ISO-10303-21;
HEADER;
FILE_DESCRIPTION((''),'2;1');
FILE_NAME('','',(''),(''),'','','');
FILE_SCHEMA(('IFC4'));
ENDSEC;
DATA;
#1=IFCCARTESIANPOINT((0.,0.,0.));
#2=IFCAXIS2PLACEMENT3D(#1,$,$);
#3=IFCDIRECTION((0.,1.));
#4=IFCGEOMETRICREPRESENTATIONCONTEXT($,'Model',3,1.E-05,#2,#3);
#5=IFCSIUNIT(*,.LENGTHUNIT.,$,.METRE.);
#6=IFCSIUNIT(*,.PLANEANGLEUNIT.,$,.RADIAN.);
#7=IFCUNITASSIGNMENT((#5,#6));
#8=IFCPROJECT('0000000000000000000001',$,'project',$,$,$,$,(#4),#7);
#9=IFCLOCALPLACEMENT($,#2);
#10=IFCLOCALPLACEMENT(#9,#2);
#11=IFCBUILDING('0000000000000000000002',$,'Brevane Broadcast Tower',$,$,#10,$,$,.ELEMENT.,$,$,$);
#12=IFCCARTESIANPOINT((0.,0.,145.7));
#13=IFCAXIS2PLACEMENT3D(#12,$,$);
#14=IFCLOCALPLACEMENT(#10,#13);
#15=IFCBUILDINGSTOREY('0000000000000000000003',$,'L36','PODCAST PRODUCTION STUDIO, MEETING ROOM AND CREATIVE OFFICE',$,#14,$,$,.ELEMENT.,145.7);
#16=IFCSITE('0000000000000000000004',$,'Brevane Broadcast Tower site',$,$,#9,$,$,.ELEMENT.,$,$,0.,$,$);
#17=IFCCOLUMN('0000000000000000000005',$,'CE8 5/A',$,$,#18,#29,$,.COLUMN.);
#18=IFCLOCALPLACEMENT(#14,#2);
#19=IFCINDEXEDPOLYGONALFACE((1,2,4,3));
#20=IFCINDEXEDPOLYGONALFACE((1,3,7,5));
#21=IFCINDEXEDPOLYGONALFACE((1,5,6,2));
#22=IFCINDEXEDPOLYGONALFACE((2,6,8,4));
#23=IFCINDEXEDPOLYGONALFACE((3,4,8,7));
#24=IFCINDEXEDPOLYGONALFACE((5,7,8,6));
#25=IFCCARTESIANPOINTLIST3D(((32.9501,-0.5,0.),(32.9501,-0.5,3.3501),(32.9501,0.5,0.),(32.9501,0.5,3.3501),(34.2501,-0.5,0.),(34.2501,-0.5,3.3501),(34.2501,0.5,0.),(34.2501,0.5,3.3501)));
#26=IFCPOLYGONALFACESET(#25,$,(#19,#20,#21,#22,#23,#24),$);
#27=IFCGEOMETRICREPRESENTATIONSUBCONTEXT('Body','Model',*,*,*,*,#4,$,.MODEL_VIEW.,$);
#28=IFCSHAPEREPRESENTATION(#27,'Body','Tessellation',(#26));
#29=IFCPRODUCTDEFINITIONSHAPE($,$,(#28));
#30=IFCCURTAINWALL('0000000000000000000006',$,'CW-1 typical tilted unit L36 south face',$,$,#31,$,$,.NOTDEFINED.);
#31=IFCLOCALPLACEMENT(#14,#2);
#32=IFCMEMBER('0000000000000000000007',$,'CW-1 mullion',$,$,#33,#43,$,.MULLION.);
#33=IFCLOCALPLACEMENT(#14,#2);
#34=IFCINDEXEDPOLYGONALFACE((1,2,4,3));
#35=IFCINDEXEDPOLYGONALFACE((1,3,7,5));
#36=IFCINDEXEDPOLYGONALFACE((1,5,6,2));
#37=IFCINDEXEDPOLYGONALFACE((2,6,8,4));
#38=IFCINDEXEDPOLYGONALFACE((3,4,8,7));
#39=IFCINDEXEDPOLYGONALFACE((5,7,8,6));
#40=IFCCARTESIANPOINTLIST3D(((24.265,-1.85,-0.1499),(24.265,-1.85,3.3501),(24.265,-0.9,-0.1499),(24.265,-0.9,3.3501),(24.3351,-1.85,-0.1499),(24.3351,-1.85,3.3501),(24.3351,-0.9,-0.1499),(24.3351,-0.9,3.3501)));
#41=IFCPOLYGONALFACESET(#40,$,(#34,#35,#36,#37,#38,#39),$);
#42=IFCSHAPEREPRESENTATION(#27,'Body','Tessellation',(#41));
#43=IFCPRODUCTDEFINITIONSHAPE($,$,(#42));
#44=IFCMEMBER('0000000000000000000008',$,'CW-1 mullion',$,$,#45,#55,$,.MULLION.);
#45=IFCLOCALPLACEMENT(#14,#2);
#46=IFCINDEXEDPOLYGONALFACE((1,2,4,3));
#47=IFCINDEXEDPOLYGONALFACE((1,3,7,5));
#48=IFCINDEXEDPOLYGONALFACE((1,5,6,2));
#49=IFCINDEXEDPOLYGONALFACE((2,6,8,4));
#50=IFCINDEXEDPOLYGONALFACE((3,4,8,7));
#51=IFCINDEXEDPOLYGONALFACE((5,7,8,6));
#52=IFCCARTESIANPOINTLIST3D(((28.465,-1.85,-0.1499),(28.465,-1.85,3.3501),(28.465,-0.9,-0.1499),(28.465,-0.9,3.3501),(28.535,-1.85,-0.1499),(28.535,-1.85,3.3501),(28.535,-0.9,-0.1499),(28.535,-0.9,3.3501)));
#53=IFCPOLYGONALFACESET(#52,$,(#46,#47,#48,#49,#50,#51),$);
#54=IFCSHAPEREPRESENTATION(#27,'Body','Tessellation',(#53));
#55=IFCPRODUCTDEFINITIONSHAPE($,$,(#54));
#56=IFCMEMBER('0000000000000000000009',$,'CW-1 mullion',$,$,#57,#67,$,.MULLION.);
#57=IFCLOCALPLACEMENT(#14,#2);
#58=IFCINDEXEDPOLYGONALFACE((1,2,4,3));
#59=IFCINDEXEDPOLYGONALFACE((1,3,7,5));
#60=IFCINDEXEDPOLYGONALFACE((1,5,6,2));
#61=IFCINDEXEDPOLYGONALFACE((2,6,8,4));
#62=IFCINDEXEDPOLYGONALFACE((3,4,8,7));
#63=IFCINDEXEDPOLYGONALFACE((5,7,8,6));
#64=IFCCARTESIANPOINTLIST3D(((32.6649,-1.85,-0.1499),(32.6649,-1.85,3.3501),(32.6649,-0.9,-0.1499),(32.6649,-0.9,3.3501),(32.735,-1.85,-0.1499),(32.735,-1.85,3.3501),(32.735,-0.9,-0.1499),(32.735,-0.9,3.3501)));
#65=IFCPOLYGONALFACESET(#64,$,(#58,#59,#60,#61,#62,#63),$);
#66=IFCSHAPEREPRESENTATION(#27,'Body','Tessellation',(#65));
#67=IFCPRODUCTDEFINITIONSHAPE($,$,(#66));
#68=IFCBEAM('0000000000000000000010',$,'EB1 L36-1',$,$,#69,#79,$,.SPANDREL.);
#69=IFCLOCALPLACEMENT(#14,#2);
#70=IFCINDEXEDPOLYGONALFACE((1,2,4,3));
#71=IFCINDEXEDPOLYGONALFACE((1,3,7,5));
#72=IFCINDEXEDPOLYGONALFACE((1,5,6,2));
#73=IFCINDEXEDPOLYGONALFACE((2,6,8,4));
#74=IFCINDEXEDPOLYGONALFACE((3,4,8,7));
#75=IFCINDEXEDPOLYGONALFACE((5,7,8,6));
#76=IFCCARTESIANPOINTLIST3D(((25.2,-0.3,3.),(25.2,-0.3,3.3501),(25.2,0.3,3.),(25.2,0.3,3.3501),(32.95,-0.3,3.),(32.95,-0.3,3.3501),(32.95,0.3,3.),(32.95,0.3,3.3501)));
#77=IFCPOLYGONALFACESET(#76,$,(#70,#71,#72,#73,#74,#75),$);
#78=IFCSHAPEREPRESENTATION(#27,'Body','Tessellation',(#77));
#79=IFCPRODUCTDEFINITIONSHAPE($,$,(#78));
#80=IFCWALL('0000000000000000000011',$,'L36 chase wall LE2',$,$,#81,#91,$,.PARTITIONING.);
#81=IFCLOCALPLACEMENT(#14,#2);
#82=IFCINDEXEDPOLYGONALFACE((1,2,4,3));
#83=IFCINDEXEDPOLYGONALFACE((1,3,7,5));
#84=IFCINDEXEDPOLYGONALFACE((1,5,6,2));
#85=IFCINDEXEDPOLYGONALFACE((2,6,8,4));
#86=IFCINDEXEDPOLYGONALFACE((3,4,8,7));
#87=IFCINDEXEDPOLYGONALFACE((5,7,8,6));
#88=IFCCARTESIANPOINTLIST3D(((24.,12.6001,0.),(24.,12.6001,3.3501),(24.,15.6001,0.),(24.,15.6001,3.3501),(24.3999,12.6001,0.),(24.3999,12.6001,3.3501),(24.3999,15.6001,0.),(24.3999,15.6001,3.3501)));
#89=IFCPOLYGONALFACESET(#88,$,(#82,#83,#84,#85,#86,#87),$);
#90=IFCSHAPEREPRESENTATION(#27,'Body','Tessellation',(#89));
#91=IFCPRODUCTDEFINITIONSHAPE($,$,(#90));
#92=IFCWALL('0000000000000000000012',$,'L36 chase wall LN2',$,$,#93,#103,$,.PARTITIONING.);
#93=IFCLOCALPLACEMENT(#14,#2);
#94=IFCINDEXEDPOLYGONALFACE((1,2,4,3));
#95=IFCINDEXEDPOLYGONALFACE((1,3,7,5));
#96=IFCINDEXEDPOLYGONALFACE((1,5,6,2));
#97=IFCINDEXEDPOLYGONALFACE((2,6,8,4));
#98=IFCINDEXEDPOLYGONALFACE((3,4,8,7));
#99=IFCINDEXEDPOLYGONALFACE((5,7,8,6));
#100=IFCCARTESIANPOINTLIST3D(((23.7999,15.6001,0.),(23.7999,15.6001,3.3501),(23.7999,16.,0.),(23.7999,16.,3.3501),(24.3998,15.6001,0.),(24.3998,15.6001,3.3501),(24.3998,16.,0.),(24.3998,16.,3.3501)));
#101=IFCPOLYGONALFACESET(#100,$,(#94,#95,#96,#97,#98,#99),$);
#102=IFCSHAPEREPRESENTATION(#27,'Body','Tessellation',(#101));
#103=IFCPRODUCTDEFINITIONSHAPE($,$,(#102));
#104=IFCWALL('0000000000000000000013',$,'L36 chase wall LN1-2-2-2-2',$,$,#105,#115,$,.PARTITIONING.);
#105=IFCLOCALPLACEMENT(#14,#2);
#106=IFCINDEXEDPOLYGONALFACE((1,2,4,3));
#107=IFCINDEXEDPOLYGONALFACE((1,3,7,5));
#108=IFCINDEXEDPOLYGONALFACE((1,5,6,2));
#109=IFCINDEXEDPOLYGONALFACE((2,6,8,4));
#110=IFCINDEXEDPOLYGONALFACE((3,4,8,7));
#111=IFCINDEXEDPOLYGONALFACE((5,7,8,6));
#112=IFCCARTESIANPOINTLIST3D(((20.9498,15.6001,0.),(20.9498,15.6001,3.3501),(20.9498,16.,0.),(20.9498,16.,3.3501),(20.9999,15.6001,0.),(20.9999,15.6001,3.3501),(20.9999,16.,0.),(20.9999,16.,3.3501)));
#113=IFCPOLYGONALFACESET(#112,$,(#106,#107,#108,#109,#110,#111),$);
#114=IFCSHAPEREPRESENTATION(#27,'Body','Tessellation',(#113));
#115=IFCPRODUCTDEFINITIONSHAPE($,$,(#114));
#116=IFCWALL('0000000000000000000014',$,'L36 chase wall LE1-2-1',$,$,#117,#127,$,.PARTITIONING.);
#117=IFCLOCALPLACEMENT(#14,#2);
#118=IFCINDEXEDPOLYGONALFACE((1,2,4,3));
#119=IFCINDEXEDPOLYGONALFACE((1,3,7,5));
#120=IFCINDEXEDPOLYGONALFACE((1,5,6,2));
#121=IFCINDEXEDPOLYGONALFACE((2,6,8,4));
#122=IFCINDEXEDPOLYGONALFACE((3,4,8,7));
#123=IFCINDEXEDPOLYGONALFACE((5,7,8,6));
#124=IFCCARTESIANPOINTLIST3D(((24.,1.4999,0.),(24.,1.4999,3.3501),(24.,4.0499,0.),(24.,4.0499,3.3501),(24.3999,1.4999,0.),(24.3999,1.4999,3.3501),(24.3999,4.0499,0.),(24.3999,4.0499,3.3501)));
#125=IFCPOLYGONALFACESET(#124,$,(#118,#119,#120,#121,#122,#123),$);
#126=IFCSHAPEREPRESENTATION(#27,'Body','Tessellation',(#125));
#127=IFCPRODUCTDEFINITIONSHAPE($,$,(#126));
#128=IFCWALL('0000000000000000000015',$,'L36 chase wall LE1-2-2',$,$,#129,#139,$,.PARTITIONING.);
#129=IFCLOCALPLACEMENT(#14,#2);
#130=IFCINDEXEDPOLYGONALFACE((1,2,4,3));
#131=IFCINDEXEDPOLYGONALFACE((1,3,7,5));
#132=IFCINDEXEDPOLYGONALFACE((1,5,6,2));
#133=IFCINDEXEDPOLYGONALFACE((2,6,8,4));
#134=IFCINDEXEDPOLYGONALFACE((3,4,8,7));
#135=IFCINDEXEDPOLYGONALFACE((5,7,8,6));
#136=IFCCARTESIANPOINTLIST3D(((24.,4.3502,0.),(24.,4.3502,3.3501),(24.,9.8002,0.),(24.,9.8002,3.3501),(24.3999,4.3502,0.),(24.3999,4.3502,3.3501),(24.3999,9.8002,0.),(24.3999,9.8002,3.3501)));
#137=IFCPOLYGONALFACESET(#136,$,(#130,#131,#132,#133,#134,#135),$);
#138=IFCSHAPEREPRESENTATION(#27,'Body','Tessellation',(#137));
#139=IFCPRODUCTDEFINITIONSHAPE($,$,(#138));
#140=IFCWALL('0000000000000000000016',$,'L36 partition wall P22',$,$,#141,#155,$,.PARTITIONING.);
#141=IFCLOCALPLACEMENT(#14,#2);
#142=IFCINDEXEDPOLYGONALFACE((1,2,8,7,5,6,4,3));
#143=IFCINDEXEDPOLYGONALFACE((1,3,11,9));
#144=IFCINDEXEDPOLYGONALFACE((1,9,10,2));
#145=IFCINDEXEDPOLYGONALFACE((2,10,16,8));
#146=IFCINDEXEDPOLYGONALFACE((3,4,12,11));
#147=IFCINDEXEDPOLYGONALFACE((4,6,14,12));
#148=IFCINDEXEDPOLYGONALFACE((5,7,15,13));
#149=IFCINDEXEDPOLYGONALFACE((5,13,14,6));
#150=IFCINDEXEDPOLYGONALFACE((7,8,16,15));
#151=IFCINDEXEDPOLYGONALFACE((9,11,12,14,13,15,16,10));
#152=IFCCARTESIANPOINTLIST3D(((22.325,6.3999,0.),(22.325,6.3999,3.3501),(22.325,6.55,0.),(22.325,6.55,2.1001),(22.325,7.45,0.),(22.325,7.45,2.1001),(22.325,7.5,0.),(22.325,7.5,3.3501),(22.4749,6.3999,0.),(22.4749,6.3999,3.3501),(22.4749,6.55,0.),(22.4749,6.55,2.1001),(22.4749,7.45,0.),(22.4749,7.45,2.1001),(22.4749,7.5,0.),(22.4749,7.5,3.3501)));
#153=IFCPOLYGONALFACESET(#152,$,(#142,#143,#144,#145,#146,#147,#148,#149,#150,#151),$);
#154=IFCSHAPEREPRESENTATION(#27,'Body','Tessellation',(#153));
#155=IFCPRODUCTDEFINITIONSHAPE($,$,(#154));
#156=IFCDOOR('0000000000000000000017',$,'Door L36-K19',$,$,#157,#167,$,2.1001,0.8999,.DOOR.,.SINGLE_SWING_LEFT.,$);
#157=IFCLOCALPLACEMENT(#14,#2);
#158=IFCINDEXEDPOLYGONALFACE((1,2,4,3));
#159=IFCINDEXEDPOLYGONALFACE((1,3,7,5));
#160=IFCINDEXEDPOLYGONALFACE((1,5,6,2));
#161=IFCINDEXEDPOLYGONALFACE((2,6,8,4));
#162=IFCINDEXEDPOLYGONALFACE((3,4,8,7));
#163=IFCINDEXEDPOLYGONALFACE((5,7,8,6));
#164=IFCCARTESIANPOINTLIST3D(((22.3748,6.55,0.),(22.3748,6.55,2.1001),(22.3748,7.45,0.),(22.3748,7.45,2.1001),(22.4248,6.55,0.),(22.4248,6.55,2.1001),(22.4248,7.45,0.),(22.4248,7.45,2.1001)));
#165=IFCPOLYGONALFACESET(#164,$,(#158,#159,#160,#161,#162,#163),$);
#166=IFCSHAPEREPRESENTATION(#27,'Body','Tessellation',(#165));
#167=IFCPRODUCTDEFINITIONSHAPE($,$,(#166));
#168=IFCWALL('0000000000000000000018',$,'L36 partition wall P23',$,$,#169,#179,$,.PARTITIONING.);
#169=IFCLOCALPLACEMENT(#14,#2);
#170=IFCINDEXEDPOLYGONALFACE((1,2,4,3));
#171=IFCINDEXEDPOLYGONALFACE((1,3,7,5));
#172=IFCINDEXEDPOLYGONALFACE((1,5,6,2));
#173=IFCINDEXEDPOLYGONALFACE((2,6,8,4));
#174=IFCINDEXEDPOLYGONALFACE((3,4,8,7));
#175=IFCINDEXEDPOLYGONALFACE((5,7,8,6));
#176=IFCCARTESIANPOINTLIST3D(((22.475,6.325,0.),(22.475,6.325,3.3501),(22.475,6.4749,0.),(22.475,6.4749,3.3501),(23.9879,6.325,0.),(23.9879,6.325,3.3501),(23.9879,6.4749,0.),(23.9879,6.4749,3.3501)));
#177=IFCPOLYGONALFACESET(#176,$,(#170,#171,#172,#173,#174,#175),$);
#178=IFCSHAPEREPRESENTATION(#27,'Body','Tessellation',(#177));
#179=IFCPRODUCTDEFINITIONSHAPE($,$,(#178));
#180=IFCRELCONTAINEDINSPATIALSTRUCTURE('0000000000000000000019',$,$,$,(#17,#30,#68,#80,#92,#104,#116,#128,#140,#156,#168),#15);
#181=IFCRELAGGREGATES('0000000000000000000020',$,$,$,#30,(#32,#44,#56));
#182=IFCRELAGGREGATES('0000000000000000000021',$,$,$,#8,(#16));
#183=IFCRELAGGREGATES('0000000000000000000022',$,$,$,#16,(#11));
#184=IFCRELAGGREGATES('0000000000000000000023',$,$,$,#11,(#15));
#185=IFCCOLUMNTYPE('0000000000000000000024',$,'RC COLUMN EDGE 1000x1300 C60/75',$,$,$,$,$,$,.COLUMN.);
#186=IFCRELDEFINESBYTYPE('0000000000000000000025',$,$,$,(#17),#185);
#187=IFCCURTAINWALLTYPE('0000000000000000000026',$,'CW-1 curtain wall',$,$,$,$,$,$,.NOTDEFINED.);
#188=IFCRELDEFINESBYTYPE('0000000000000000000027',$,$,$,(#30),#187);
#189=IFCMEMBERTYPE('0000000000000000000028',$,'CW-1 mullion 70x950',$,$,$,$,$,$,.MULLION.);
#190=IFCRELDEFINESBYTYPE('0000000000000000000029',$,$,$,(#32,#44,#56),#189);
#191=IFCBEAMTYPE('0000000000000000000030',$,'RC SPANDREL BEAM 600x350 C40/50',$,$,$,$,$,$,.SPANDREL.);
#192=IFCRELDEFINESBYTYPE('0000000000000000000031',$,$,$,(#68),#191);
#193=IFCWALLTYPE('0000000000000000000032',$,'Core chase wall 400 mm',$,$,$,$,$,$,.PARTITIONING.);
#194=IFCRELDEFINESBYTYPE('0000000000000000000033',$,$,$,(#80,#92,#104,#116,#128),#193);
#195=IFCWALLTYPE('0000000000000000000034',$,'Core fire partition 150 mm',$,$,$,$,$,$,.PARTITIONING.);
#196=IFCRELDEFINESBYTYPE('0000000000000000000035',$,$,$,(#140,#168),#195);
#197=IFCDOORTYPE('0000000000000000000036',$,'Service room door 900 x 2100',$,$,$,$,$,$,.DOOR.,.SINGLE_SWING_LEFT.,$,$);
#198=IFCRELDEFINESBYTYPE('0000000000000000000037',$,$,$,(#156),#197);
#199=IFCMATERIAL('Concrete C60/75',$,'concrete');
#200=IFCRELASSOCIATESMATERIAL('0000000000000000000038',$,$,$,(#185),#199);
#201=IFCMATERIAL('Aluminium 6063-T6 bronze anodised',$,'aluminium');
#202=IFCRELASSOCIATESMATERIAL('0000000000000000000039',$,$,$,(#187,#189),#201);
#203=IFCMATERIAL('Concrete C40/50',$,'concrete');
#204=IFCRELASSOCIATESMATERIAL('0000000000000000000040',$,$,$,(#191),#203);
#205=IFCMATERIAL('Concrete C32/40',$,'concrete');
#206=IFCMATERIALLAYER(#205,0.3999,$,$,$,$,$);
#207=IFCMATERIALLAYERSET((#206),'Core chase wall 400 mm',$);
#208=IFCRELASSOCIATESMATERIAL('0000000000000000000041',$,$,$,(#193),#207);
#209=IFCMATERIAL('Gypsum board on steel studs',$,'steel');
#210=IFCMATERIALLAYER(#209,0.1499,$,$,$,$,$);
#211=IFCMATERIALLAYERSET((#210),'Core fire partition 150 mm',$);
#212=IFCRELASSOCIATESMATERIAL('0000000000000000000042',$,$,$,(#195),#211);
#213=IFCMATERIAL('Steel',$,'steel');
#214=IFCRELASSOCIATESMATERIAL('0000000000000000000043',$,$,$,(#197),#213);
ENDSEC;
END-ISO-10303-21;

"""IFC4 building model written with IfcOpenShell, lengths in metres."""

from ifc_helpers import new_model, si_unit, direction, frame, frame_2d, origin, origin_2d, place, context, subcontext, project, spatial, rectangle, extrude, material, layer, layer_set, material_profile, profile_set, type_object, element, fill, aggregate, save


model = new_model("IFC4")

# Units and contexts
model_context = context("Model", 3, precision=1e-05, world=origin(), true_north=direction((0.0, 1.0)))
body_context = subcontext(model_context, "Body", "Model", "MODEL_VIEW")
ifc_project = project(units=[si_unit("LENGTHUNIT", "METRE"), si_unit("PLANEANGLEUNIT", "RADIAN")], contexts=[model_context])

# Site, building, storey
site_placement = place(None, origin())
site = spatial("IfcSite", under=ifc_project, at=site_placement, Name="Brevane Broadcast Tower site", CompositionType="ELEMENT", RefElevation=0.0)
building_placement = place(site_placement, origin())
building = spatial("IfcBuilding", under=site, at=building_placement, Name="Brevane Broadcast Tower", CompositionType="ELEMENT")
storey_placement = place(building_placement, frame((0.0, 0.0, 145.7)))
storey = spatial("IfcBuildingStorey", under=building, at=storey_placement, Name="L36", Description="PODCAST PRODUCTION STUDIO, MEETING ROOM AND CREATIVE OFFICE", CompositionType="ELEMENT", Elevation=145.7)

# Column
ifc_material_1 = material(Name="Concrete C60/75", Category="concrete")
ifc_material_profile_1 = material_profile(ifc_material_1, rectangle(XDim=1.0, YDim=1.3, at=origin_2d()), Name="RC 1000x1300")
ifc_profile_set_1 = profile_set([ifc_material_profile_1], Name="Concrete C60/75")
column_type = type_object("IfcColumnType", Name="RC COLUMN EDGE 1000x1300 C60/75", PredefinedType="COLUMN", material=ifc_profile_set_1)
column_placement = place(storey_placement, frame((33.6001, 0.0, 0.0), z_axis=(0.0, 0.0, 1.0), x_axis=(0.0, 1.0, 0.0)))
element("IfcColumn", 1, at=column_placement, inside=storey, type_object=column_type, Name="CE8 5/A", PredefinedType="COLUMN", context=body_context, shape_type="SweptSolid", body=[
    extrude(rectangle(XDim=1.0, YDim=1.3, at=origin_2d()), origin(), (0.0, 0.0, 1.0), 3.3501),
])

# Curtain wall, members
ifc_material_2 = material(Name="Aluminium 6063-T6 bronze anodised", Category="aluminium")
curtain_wall_type = type_object("IfcCurtainWallType", Name="CW-1 curtain wall", PredefinedType="NOTDEFINED", material=ifc_material_2)
curtain_wall_placement = place(storey_placement, origin())
curtain_wall = element("IfcCurtainWall", 2, at=curtain_wall_placement, inside=storey, type_object=curtain_wall_type, Name="CW-1 typical tilted unit L36 south face", PredefinedType="NOTDEFINED")
ifc_material_profile_2 = material_profile(ifc_material_2, rectangle(XDim=0.95, YDim=0.0701, at=origin_2d()), Name="RECT 70x950")
ifc_profile_set_2 = profile_set([ifc_material_profile_2], Name="Aluminium 6063-T6 bronze anodised")
member_type = type_object("IfcMemberType", Name="CW-1 mullion 70x950", PredefinedType="MULLION", material=ifc_profile_set_2)
member_1_placement = place(storey_placement, frame((24.3, -1.375, -0.1499), z_axis=(0.0, 0.0, 1.0), x_axis=(0.0, 1.0, 0.0)))
member_1 = element("IfcMember", 3, at=member_1_placement, type_object=member_type, Name="CW-1 mullion", PredefinedType="MULLION", context=body_context, shape_type="SweptSolid", body=[
    extrude(rectangle(XDim=0.95, YDim=0.0701, at=origin_2d()), origin(), (0.0, 0.0, 1.0), 3.5),
])
member_2_placement = place(storey_placement, frame((28.5, -1.375, -0.1499), z_axis=(0.0, 0.0, 1.0), x_axis=(0.0, 1.0, 0.0)))
member_2 = element("IfcMember", 4, at=member_2_placement, type_object=member_type, Name="CW-1 mullion", PredefinedType="MULLION", context=body_context, shape_type="SweptSolid", body=[
    extrude(rectangle(XDim=0.95, YDim=0.0701, at=origin_2d()), origin(), (0.0, 0.0, 1.0), 3.5),
])
member_3_placement = place(storey_placement, frame((32.7, -1.375, -0.1499), z_axis=(0.0, 0.0, 1.0), x_axis=(0.0, 1.0, 0.0)))
member_3 = element("IfcMember", 5, at=member_3_placement, type_object=member_type, Name="CW-1 mullion", PredefinedType="MULLION", context=body_context, shape_type="SweptSolid", body=[
    extrude(rectangle(XDim=0.95, YDim=0.0701, at=origin_2d()), origin(), (0.0, 0.0, 1.0), 3.5),
])
aggregate(curtain_wall, [member_1, member_2, member_3])

# Beam
ifc_material_3 = material(Name="Concrete C40/50", Category="concrete")
ifc_material_profile_3 = material_profile(ifc_material_3, rectangle(XDim=0.6001, YDim=0.3501, at=origin_2d()), Name="RC 600x350")
ifc_profile_set_3 = profile_set([ifc_material_profile_3], Name="Concrete C40/50")
beam_type = type_object("IfcBeamType", Name="RC SPANDREL BEAM 600x350 C40/50", PredefinedType="SPANDREL", material=ifc_profile_set_3)
beam_placement = place(storey_placement, frame((25.2, 0.0, 3.175), z_axis=(1.0, 0.0, 0.0), x_axis=(0.0, 1.0, 0.0)))
element("IfcBeam", 6, at=beam_placement, inside=storey, type_object=beam_type, Name="EB1 L36-1", PredefinedType="SPANDREL", context=body_context, shape_type="SweptSolid", body=[
    extrude(rectangle(XDim=0.6001, YDim=0.3501, at=origin_2d()), origin(), (0.0, 0.0, 1.0), 7.75),
])

# Walls
ifc_material_4 = material(Name="Concrete C32/40", Category="concrete")
ifc_layer_1 = layer(ifc_material_4, 0.3999)
ifc_layer_set_1 = layer_set([ifc_layer_1], Name="Core chase wall 400 mm")
wall_type_1 = type_object("IfcWallType", Name="Core chase wall 400 mm", PredefinedType="PARTITIONING", material=ifc_layer_set_1)
wall_1_placement = place(storey_placement, frame((24.2, 12.6001, 0.0), z_axis=(0.0, 0.0, 1.0), x_axis=(0.0, 1.0, 0.0)))
element("IfcWall", 7, at=wall_1_placement, inside=storey, type_object=wall_type_1, Name="L36 chase wall LE2", PredefinedType="PARTITIONING", context=body_context, shape_type="SweptSolid", body=[
    extrude(rectangle(XDim=3.0, YDim=0.3999, at=frame_2d((1.5, 0.0))), origin(), (0.0, 0.0, 1.0), 3.3501),
])
wall_2_placement = place(storey_placement, frame((23.8, 15.8, 0.0), z_axis=(0.0, 0.0, 1.0), x_axis=(1.0, 0.0, 0.0)))
element("IfcWall", 8, at=wall_2_placement, inside=storey, type_object=wall_type_1, Name="L36 chase wall LN2", PredefinedType="PARTITIONING", context=body_context, shape_type="SweptSolid", body=[
    extrude(rectangle(XDim=0.5999, YDim=0.3999, at=frame_2d((0.2998, 0.0))), origin(), (0.0, 0.0, 1.0), 3.3501),
])
wall_3_placement = place(storey_placement, frame((20.95, 15.8, 0.0), z_axis=(0.0, 0.0, 1.0), x_axis=(1.0, 0.0, 0.0)))
element("IfcWall", 9, at=wall_3_placement, inside=storey, type_object=wall_type_1, Name="L36 chase wall LN1-2-2-2-2", PredefinedType="PARTITIONING", context=body_context, shape_type="SweptSolid", body=[
    extrude(rectangle(XDim=0.05, YDim=0.3999, at=frame_2d((0.0249, 0.0))), origin(), (0.0, 0.0, 1.0), 3.3501),
])
wall_4_placement = place(storey_placement, frame((24.2, 1.5, 0.0), z_axis=(0.0, 0.0, 1.0), x_axis=(0.0, 1.0, 0.0)))
element("IfcWall", 10, at=wall_4_placement, inside=storey, type_object=wall_type_1, Name="L36 chase wall LE1-2-1", PredefinedType="PARTITIONING", context=body_context, shape_type="SweptSolid", body=[
    extrude(rectangle(XDim=2.55, YDim=0.3999, at=frame_2d((1.2749, 0.0))), origin(), (0.0, 0.0, 1.0), 3.3501),
])
wall_5_placement = place(storey_placement, frame((24.2, 4.3501, 0.0), z_axis=(0.0, 0.0, 1.0), x_axis=(0.0, 1.0, 0.0)))
element("IfcWall", 11, at=wall_5_placement, inside=storey, type_object=wall_type_1, Name="L36 chase wall LE1-2-2", PredefinedType="PARTITIONING", context=body_context, shape_type="SweptSolid", body=[
    extrude(rectangle(XDim=5.45, YDim=0.3999, at=frame_2d((2.7251, 0.0))), origin(), (0.0, 0.0, 1.0), 3.3501),
])

# Wall, opening, door
ifc_material_5 = material(Name="Gypsum board on steel studs", Category="steel")
ifc_layer_2 = layer(ifc_material_5, 0.1499)
ifc_layer_set_2 = layer_set([ifc_layer_2], Name="Core fire partition 150 mm")
wall_type_2 = type_object("IfcWallType", Name="Core fire partition 150 mm", PredefinedType="PARTITIONING", material=ifc_layer_set_2)
wall_6_placement = place(storey_placement, frame((22.3999, 7.5, 0.0), z_axis=(0.0, 0.0, 1.0), x_axis=(0.0, -1.0, 0.0)))
wall_6 = element("IfcWall", 12, at=wall_6_placement, inside=storey, type_object=wall_type_2, Name="L36 partition wall P22", PredefinedType="PARTITIONING", context=body_context, shape_type="SweptSolid", body=[
    extrude(rectangle(XDim=1.1001, YDim=0.1499, at=frame_2d((0.55, 0.0))), origin(), (0.0, 0.0, 1.0), 3.3501),
])
opening_1_placement = place(wall_6_placement, frame((0.05, 0.0, 0.0)))
opening_1 = element("IfcOpeningElement", 13, at=opening_1_placement, cuts=wall_6, PredefinedType="OPENING", context=body_context, shape_type="SweptSolid", body=[
    extrude(rectangle(XDim=0.8999, YDim=2.1001, at=frame_2d((0.45, 1.05))), frame((0.0, 0.085, 0.0), z_axis=(0.0, -1.0, 0.0), x_axis=(1.0, 0.0, 0.0)), (0.0, 0.0, 1.0), 0.1699),
])
ifc_material_6 = material(Name="Steel", Category="steel")
door_type_1 = type_object("IfcDoorType", Name="Service room door 900 x 2100", OperationType="SINGLE_SWING_LEFT", PredefinedType="DOOR", material=ifc_material_6)
door_1_placement = place(opening_1_placement, origin())
door_1 = element("IfcDoor", 14, at=door_1_placement, inside=storey, type_object=door_type_1, Name="Door L36-K19", OperationType="SINGLE_SWING_LEFT", OverallHeight=2.1001, OverallWidth=0.8999, PredefinedType="DOOR", context=body_context, shape_type="SweptSolid", body=[
    extrude(rectangle(XDim=0.8999, YDim=2.1001, at=frame_2d((0.45, 1.05))), frame((0.0, 0.0249, 0.0), z_axis=(0.0, -1.0, 0.0), x_axis=(1.0, 0.0, 0.0)), (0.0, 0.0, 1.0), 0.05),
])
fill(opening_1, door_1)

# Wall
wall_7_placement = place(storey_placement, frame((22.4751, 6.3999, 0.0), z_axis=(0.0, 0.0, 1.0), x_axis=(1.0, 0.0, 0.0)))
element("IfcWall", 15, at=wall_7_placement, inside=storey, type_object=wall_type_2, Name="L36 partition wall P23", PredefinedType="PARTITIONING", context=body_context, shape_type="SweptSolid", body=[
    extrude(rectangle(XDim=1.5129, YDim=0.1499, at=frame_2d((0.7563, 0.0))), origin(), (0.0, 0.0, 1.0), 3.3501),
])

save(model, "model.ifc")
